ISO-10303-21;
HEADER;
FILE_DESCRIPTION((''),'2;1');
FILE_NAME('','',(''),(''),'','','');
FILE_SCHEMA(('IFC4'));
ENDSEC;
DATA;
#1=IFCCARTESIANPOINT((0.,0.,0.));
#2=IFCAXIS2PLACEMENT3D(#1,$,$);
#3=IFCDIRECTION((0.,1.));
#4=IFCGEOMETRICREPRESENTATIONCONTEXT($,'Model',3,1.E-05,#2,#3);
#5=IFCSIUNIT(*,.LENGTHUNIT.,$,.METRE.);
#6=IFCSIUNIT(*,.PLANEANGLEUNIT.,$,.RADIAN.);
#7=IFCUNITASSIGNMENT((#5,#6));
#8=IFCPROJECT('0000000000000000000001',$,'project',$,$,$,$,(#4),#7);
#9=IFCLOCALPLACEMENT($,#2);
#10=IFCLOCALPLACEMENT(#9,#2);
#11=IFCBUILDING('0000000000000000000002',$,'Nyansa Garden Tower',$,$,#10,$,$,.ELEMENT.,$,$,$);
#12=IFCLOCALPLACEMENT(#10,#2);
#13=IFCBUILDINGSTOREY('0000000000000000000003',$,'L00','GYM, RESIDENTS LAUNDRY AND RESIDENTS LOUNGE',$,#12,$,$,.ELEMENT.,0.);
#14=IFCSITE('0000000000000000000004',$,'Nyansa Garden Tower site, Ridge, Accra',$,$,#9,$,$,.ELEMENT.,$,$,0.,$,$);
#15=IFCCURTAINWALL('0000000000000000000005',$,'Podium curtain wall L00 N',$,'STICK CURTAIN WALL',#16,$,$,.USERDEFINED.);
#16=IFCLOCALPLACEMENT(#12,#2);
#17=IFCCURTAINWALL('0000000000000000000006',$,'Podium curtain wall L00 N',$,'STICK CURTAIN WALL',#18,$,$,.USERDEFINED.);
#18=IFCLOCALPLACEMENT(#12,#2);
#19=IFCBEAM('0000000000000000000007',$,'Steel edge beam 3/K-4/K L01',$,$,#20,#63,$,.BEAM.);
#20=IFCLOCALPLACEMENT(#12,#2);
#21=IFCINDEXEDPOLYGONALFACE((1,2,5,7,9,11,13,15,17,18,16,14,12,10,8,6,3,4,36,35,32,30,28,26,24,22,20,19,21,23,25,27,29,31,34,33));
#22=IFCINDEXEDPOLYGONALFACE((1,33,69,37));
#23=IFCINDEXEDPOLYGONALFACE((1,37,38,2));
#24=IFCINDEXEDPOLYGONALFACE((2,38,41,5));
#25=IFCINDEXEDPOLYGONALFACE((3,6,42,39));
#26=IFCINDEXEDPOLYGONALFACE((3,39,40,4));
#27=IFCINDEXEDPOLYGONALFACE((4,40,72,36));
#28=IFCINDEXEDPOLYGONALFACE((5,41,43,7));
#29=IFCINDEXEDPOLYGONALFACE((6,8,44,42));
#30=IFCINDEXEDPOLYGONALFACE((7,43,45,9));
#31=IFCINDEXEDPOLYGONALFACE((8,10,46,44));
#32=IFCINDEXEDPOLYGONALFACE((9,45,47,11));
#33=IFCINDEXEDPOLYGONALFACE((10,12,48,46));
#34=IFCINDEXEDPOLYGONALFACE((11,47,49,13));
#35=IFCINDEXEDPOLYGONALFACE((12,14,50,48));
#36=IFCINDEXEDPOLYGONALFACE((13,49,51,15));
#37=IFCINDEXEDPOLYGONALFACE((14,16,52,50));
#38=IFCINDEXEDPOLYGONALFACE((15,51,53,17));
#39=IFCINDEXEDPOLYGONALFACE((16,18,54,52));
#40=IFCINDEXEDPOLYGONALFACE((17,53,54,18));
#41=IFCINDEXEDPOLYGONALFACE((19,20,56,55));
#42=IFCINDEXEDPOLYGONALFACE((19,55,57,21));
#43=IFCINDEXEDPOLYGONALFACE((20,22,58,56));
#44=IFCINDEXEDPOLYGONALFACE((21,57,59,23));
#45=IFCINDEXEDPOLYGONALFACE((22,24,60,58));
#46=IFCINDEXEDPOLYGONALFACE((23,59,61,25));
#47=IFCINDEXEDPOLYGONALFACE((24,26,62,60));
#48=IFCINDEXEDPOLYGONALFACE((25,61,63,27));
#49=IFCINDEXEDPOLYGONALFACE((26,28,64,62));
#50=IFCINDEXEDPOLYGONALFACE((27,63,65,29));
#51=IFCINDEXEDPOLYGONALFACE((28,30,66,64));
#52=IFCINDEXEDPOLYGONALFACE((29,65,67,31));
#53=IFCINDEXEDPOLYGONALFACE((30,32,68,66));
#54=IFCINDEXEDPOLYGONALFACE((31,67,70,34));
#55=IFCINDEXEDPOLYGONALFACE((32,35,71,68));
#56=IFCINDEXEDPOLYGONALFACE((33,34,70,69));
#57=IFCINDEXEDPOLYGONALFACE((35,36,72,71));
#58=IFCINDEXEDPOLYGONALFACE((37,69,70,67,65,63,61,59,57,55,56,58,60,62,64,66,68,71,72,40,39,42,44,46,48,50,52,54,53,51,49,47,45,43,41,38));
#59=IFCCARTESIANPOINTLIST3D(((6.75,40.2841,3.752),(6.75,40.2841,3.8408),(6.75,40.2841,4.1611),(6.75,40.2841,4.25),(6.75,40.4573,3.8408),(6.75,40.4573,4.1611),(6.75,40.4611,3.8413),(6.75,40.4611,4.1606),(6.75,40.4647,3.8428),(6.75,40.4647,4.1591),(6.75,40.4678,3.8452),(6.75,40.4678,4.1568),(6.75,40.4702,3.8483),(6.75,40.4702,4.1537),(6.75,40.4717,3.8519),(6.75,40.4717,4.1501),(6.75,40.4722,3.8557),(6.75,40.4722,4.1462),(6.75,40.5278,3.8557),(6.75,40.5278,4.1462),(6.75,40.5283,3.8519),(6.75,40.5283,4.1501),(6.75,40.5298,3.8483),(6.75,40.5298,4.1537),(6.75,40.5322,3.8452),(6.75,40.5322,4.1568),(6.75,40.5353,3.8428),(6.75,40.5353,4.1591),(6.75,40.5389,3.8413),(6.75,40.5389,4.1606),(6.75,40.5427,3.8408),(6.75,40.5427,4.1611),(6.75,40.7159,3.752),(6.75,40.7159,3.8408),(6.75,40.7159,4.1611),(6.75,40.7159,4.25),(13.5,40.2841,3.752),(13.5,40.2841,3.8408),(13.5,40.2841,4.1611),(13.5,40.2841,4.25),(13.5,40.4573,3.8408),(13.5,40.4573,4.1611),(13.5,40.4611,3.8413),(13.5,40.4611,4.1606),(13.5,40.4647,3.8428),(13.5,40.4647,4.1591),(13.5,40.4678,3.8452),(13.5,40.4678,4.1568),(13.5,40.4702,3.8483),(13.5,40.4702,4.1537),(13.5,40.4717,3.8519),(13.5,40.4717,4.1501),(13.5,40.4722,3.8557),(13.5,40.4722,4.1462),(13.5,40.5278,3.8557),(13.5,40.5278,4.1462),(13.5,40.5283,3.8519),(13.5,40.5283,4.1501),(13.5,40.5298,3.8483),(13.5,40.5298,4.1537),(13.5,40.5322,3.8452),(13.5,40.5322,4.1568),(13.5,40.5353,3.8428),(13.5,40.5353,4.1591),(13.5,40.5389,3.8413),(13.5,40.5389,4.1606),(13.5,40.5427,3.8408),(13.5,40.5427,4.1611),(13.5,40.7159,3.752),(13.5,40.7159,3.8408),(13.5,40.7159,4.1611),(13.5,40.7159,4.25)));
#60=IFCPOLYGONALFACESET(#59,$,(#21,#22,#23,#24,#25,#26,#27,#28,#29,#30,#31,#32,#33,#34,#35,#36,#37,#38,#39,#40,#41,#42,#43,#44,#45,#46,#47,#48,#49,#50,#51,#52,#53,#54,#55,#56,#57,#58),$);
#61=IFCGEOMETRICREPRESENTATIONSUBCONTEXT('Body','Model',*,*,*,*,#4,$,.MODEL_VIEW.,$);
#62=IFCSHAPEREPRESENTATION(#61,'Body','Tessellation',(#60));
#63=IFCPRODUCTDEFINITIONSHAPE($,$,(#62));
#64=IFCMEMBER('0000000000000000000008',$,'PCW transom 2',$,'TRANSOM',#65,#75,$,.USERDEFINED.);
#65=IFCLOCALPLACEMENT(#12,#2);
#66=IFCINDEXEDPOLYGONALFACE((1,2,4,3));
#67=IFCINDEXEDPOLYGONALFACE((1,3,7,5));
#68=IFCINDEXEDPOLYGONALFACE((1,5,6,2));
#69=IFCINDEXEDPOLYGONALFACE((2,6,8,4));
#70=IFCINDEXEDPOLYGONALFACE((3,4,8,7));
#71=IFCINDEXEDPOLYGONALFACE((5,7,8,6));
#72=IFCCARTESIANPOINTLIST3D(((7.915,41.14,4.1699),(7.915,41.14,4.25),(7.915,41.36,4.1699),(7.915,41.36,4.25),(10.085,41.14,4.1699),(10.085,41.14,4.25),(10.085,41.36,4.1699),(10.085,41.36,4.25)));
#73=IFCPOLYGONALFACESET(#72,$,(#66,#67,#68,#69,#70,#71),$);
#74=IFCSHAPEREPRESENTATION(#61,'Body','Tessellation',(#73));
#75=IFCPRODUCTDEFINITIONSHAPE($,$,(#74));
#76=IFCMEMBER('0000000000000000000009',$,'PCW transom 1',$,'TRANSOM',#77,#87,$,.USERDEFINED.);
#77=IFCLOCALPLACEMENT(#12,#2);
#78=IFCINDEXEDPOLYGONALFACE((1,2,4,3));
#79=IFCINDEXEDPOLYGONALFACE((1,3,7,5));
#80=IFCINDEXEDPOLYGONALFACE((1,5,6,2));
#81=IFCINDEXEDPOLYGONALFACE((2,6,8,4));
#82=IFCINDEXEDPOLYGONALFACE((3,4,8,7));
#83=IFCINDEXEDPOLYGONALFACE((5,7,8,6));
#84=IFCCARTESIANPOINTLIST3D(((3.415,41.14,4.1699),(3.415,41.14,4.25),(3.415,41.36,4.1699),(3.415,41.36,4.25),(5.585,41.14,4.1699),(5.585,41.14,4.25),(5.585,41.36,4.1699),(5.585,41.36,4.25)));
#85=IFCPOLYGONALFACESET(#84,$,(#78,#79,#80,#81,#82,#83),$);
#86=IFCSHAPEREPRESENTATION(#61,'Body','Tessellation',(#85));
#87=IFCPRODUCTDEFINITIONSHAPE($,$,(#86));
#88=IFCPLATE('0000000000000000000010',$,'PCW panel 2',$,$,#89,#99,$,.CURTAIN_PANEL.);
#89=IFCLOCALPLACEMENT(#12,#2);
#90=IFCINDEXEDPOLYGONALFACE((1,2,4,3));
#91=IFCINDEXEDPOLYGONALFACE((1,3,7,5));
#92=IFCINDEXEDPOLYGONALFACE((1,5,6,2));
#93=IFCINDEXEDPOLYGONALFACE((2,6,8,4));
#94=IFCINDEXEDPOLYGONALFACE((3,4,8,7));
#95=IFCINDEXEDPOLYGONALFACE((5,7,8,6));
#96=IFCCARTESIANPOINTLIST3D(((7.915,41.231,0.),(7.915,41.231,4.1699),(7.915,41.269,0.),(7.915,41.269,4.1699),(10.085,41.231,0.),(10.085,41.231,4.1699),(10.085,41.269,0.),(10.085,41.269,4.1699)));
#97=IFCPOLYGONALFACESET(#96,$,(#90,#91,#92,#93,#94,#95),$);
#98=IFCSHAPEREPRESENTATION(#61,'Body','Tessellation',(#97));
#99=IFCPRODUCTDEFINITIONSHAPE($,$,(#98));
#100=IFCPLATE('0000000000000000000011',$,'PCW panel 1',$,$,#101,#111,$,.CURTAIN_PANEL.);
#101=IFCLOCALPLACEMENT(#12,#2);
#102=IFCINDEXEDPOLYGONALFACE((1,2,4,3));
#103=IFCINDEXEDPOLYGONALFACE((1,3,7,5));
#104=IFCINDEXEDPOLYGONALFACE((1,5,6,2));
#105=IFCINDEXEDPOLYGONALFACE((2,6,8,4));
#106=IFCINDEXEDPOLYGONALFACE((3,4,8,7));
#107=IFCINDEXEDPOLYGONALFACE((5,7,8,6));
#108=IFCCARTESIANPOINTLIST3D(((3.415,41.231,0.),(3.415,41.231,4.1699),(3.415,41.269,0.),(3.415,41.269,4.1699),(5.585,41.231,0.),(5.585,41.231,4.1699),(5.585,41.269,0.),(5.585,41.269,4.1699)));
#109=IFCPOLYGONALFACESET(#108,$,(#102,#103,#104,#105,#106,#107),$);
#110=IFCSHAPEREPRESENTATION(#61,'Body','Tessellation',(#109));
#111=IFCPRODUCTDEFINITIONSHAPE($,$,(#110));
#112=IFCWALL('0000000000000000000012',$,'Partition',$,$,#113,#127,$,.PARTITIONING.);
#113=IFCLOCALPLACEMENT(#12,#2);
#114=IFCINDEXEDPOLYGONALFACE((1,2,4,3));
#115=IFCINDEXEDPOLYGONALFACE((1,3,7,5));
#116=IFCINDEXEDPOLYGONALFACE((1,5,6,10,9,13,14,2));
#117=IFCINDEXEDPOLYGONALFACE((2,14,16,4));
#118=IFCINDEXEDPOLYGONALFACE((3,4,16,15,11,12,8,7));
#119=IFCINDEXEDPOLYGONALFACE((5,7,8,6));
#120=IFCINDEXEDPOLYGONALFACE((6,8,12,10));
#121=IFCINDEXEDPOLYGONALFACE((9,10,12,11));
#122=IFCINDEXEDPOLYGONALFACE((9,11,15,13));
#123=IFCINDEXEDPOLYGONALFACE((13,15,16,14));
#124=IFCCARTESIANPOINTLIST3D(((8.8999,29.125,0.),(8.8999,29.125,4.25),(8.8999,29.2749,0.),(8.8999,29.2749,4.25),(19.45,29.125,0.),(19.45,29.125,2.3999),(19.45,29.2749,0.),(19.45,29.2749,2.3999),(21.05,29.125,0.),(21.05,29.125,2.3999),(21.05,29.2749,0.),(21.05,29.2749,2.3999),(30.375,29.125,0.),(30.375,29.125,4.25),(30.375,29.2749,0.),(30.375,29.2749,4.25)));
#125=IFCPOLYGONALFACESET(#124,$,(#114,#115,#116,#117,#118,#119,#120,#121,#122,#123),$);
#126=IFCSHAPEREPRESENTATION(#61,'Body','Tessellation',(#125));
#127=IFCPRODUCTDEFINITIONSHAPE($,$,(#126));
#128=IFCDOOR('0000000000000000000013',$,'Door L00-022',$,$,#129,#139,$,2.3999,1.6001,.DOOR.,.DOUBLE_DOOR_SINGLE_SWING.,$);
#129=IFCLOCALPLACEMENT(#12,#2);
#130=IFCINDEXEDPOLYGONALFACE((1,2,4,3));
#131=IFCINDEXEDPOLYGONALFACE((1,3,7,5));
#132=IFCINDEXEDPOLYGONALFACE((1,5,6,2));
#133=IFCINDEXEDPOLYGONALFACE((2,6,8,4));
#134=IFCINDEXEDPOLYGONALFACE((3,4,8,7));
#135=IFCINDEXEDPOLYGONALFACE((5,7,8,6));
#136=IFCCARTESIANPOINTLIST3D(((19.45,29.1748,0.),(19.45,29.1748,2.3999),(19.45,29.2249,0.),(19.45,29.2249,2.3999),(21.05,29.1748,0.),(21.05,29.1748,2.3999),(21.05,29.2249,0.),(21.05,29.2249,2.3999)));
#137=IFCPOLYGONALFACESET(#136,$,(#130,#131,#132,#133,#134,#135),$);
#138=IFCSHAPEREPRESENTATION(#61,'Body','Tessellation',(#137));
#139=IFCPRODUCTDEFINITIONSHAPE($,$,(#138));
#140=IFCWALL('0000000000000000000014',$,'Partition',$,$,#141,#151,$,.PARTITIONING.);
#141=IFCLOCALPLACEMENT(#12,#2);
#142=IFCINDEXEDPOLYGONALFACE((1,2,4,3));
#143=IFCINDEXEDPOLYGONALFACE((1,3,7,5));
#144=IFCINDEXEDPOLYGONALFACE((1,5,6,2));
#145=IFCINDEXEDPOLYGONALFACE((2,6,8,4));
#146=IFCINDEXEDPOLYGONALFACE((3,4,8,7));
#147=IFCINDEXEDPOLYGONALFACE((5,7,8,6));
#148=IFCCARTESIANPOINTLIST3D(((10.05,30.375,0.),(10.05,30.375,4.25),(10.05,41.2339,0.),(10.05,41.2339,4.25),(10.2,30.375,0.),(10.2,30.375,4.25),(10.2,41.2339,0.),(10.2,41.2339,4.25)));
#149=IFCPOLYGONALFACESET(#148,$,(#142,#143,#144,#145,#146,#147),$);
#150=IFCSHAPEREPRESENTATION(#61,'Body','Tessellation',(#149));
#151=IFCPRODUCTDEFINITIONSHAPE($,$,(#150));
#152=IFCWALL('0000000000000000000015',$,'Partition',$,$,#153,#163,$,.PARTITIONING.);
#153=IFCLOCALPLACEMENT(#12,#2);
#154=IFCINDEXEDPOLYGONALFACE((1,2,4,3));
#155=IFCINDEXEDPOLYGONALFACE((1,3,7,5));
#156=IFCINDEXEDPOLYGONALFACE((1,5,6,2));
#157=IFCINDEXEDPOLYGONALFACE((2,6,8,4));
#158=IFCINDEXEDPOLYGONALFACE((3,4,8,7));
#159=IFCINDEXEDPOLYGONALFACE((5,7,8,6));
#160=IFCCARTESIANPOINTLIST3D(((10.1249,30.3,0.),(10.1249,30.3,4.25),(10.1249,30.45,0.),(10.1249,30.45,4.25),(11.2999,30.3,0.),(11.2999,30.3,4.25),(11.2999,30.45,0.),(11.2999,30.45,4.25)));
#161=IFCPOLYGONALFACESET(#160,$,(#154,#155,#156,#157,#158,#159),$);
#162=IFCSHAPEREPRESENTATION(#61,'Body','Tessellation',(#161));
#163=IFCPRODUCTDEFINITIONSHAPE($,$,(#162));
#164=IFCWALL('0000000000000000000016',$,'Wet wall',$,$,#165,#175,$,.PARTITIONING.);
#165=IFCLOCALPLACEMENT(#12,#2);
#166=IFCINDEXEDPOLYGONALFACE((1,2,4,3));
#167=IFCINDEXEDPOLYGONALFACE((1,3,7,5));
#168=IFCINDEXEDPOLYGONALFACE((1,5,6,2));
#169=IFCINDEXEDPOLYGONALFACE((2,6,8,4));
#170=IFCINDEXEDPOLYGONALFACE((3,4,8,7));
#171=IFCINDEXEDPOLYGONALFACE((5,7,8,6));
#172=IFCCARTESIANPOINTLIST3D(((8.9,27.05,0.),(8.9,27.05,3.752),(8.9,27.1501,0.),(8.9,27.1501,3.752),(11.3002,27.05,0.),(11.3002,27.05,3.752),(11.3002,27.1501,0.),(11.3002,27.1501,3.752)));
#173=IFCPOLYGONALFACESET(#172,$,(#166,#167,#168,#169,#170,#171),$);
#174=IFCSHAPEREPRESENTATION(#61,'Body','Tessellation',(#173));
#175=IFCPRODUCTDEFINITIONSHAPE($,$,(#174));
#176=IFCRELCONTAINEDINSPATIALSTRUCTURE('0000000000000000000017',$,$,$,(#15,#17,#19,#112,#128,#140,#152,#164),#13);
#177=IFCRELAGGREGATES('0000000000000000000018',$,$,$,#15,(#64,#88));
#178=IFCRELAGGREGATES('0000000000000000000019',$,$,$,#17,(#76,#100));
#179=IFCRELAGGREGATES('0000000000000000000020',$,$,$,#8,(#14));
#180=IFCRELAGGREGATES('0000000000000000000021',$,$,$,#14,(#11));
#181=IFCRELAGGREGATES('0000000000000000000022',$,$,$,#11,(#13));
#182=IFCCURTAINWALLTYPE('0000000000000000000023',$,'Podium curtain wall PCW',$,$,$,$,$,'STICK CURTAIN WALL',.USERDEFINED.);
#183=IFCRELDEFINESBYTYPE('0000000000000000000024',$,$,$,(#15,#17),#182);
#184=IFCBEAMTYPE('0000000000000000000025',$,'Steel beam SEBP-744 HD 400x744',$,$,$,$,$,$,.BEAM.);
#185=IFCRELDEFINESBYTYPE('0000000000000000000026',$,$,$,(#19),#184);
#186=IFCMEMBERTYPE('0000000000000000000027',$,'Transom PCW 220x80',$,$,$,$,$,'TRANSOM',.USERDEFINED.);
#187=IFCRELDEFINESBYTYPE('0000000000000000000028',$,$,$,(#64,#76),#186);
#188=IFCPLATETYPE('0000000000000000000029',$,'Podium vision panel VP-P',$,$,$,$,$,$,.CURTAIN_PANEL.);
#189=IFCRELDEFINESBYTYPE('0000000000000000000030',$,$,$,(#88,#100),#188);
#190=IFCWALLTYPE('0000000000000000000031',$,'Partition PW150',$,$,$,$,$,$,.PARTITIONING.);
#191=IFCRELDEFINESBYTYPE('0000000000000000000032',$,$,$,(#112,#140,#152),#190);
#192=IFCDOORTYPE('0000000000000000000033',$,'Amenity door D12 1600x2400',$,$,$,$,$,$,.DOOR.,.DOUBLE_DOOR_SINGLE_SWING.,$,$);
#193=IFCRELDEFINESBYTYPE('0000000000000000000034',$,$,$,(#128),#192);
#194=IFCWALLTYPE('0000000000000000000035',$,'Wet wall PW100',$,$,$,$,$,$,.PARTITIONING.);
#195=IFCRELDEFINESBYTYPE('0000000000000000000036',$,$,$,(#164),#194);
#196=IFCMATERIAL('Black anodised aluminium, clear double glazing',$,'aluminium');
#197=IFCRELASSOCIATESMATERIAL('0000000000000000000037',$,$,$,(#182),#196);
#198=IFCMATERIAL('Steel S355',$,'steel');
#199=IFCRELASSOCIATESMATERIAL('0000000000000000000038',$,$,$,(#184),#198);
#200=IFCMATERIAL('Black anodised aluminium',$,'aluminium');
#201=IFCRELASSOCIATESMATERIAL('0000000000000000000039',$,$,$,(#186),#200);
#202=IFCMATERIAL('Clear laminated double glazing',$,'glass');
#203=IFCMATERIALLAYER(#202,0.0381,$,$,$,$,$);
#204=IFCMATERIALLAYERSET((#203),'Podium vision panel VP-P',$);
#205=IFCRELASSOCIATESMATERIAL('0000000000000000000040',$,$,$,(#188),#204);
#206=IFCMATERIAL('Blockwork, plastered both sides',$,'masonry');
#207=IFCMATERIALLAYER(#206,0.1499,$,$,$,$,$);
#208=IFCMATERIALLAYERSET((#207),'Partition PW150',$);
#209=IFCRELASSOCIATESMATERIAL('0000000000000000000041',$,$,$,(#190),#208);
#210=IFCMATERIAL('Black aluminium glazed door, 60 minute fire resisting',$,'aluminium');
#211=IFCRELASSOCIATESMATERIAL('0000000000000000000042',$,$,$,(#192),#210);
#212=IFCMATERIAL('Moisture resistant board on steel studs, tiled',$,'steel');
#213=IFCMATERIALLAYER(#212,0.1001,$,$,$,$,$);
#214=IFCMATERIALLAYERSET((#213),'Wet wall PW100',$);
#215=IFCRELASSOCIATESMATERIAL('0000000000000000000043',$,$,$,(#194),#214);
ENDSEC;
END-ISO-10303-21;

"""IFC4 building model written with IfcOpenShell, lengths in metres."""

from ifc_helpers import new_model, si_unit, direction, frame, frame_2d, origin, origin_2d, place, context, subcontext, project, spatial, rectangle, i_section, extrude, material, layer, layer_set, material_profile, profile_set, type_object, element, fill, aggregate, save


model = new_model("IFC4")

# Units and contexts
model_context = context("Model", 3, precision=1e-05, world=origin(), true_north=direction((0.0, 1.0)))
body_context = subcontext(model_context, "Body", "Model", "MODEL_VIEW")
ifc_project = project(units=[si_unit("LENGTHUNIT", "METRE"), si_unit("PLANEANGLEUNIT", "RADIAN")], contexts=[model_context])

# Site, building, storey
site_placement = place(None, origin())
site = spatial("IfcSite", under=ifc_project, at=site_placement, Name="Nyansa Garden Tower site, Ridge, Accra", CompositionType="ELEMENT", RefElevation=0.0)
building_placement = place(site_placement, origin())
building = spatial("IfcBuilding", under=site, at=building_placement, Name="Nyansa Garden Tower", CompositionType="ELEMENT")
storey_placement = place(building_placement, origin())
storey = spatial("IfcBuildingStorey", under=building, at=storey_placement, Name="L00", Description="GYM, RESIDENTS LAUNDRY AND RESIDENTS LOUNGE", CompositionType="ELEMENT", Elevation=0.0)

# Curtain walls
ifc_material_1 = material(Name="Black anodised aluminium, clear double glazing", Category="aluminium")
curtain_wall_type = type_object("IfcCurtainWallType", Name="Podium curtain wall PCW", ElementType="STICK CURTAIN WALL", PredefinedType="USERDEFINED", material=ifc_material_1)
curtain_wall_1_placement = place(storey_placement, origin())
curtain_wall_1 = element("IfcCurtainWall", 1, at=curtain_wall_1_placement, inside=storey, type_object=curtain_wall_type, Name="Podium curtain wall L00 N", ObjectType="STICK CURTAIN WALL", PredefinedType="USERDEFINED")
curtain_wall_2_placement = place(storey_placement, origin())
curtain_wall_2 = element("IfcCurtainWall", 2, at=curtain_wall_2_placement, inside=storey, type_object=curtain_wall_type, Name="Podium curtain wall L00 N", ObjectType="STICK CURTAIN WALL", PredefinedType="USERDEFINED")

# Beam
ifc_material_2 = material(Name="Steel S355", Category="steel")
ifc_material_profile_1 = material_profile(ifc_material_2, i_section(OverallWidth=0.4319, OverallDepth=0.498, WebThickness=0.0557, FlangeThickness=0.0889, FilletRadius=0.0149, at=origin_2d()), Name="HD 400x744")
ifc_profile_set_1 = profile_set([ifc_material_profile_1], Name="Steel S355")
beam_type_1 = type_object("IfcBeamType", Name="Steel beam SEBP-744 HD 400x744", PredefinedType="BEAM", material=ifc_profile_set_1)
beam_1_placement = place(storey_placement, frame((6.75, 40.5, 4.001), z_axis=(1.0, 0.0, 0.0), x_axis=(0.0, 1.0, 0.0)))
element("IfcBeam", 3, at=beam_1_placement, inside=storey, type_object=beam_type_1, Name="Steel edge beam 3/K-4/K L01", PredefinedType="BEAM", context=body_context, shape_type="SweptSolid", body=[
    extrude(i_section(OverallWidth=0.4319, OverallDepth=0.498, WebThickness=0.0557, FlangeThickness=0.0889, FilletRadius=0.0149, at=origin_2d()), origin(), (0.0, 0.0, 1.0), 6.75),
])

# Members
ifc_material_3 = material(Name="Black anodised aluminium", Category="aluminium")
ifc_material_profile_2 = material_profile(ifc_material_3, rectangle(XDim=0.22, YDim=0.0801, at=origin_2d()), Name="Transom 220x80")
ifc_profile_set_2 = profile_set([ifc_material_profile_2], Name="Black anodised aluminium")
member_type_1 = type_object("IfcMemberType", Name="Transom PCW 220x80", ElementType="TRANSOM", PredefinedType="USERDEFINED", material=ifc_profile_set_2)
member_1_placement = place(storey_placement, frame((10.085, 41.25, 4.21), z_axis=(-1.0, 0.0, 0.0), x_axis=(0.0, -1.0, 0.0)))
member_1 = element("IfcMember", 4, at=member_1_placement, type_object=member_type_1, Name="PCW transom 2", ObjectType="TRANSOM", PredefinedType="USERDEFINED", context=body_context, shape_type="SweptSolid", body=[
    extrude(rectangle(XDim=0.22, YDim=0.0801, at=origin_2d()), origin(), (0.0, 0.0, 1.0), 2.1699),
])
member_2_placement = place(storey_placement, frame((5.585, 41.25, 4.21), z_axis=(-1.0, 0.0, 0.0), x_axis=(0.0, -1.0, 0.0)))
member_2 = element("IfcMember", 5, at=member_2_placement, type_object=member_type_1, Name="PCW transom 1", ObjectType="TRANSOM", PredefinedType="USERDEFINED", context=body_context, shape_type="SweptSolid", body=[
    extrude(rectangle(XDim=0.22, YDim=0.0801, at=origin_2d()), origin(), (0.0, 0.0, 1.0), 2.1699),
])

# Plates
ifc_material_4 = material(Name="Clear laminated double glazing", Category="glass")
ifc_layer_1 = layer(ifc_material_4, 0.0381)
ifc_layer_set_1 = layer_set([ifc_layer_1], Name="Podium vision panel VP-P")
plate_type = type_object("IfcPlateType", Name="Podium vision panel VP-P", PredefinedType="CURTAIN_PANEL", material=ifc_layer_set_1)
plate_1_placement = place(storey_placement, frame((9.0, 41.25, 0.0), z_axis=(0.0, 0.0, 1.0), x_axis=(-1.0, 0.0, 0.0)))
plate_1 = element("IfcPlate", 6, at=plate_1_placement, type_object=plate_type, Name="PCW panel 2", PredefinedType="CURTAIN_PANEL", context=body_context, shape_type="SweptSolid", body=[
    extrude(rectangle(XDim=2.1699, YDim=0.0381, at=origin_2d()), origin(), (0.0, 0.0, 1.0), 4.1699),
])
aggregate(curtain_wall_1, [member_1, plate_1])
plate_2_placement = place(storey_placement, frame((4.5, 41.25, 0.0), z_axis=(0.0, 0.0, 1.0), x_axis=(-1.0, 0.0, 0.0)))
plate_2 = element("IfcPlate", 7, at=plate_2_placement, type_object=plate_type, Name="PCW panel 1", PredefinedType="CURTAIN_PANEL", context=body_context, shape_type="SweptSolid", body=[
    extrude(rectangle(XDim=2.1699, YDim=0.0381, at=origin_2d()), origin(), (0.0, 0.0, 1.0), 4.1699),
])
aggregate(curtain_wall_2, [member_2, plate_2])

# Wall, opening, door
ifc_material_5 = material(Name="Blockwork, plastered both sides", Category="masonry")
ifc_layer_2 = layer(ifc_material_5, 0.1499)
ifc_layer_set_2 = layer_set([ifc_layer_2], Name="Partition PW150")
wall_type_1 = type_object("IfcWallType", Name="Partition PW150", PredefinedType="PARTITIONING", material=ifc_layer_set_2)
wall_1_placement = place(storey_placement, frame((8.8999, 29.2, 0.0), z_axis=(0.0, 0.0, 1.0), x_axis=(1.0, 0.0, 0.0)))
wall_1 = element("IfcWall", 8, at=wall_1_placement, inside=storey, type_object=wall_type_1, Name="Partition", PredefinedType="PARTITIONING", context=body_context, shape_type="SweptSolid", body=[
    extrude(rectangle(XDim=21.4751, YDim=0.1499, at=frame_2d((10.7375, 0.0))), origin(), (0.0, 0.0, 1.0), 4.25),
])
opening_placement = place(wall_1_placement, frame((10.55, 0.0, 0.0)))
opening = element("IfcOpeningElement", 9, at=opening_placement, cuts=wall_1, PredefinedType="OPENING", context=body_context, shape_type="SweptSolid", body=[
    extrude(rectangle(XDim=1.6001, YDim=2.3999, at=frame_2d((0.8, 1.2))), frame((0.0, 0.085, 0.0), z_axis=(0.0, -1.0, 0.0), x_axis=(1.0, 0.0, 0.0)), (0.0, 0.0, 1.0), 0.1699),
])
ifc_material_6 = material(Name="Black aluminium glazed door, 60 minute fire resisting", Category="aluminium")
door_type = type_object("IfcDoorType", Name="Amenity door D12 1600x2400", OperationType="DOUBLE_DOOR_SINGLE_SWING", PredefinedType="DOOR", material=ifc_material_6)
door_placement = place(opening_placement, origin())
door = element("IfcDoor", 10, at=door_placement, inside=storey, type_object=door_type, Name="Door L00-022", OperationType="DOUBLE_DOOR_SINGLE_SWING", OverallHeight=2.3999, OverallWidth=1.6001, PredefinedType="DOOR", context=body_context, shape_type="SweptSolid", body=[
    extrude(rectangle(XDim=1.6001, YDim=2.3999, at=frame_2d((0.8, 1.2))), frame((0.0, 0.0249, 0.0), z_axis=(0.0, -1.0, 0.0), x_axis=(1.0, 0.0, 0.0)), (0.0, 0.0, 1.0), 0.05),
])
fill(opening, door)

# Walls
wall_2_placement = place(storey_placement, frame((10.125, 30.375, 0.0), z_axis=(0.0, 0.0, 1.0), x_axis=(0.0, 1.0, 0.0)))
element("IfcWall", 11, at=wall_2_placement, inside=storey, type_object=wall_type_1, Name="Partition", PredefinedType="PARTITIONING", context=body_context, shape_type="SweptSolid", body=[
    extrude(rectangle(XDim=10.8589, YDim=0.1499, at=frame_2d((5.4294, 0.0))), origin(), (0.0, 0.0, 1.0), 4.25),
])
wall_3_placement = place(storey_placement, frame((10.125, 30.375, 0.0), z_axis=(0.0, 0.0, 1.0), x_axis=(1.0, 0.0, 0.0)))
element("IfcWall", 12, at=wall_3_placement, inside=storey, type_object=wall_type_1, Name="Partition", PredefinedType="PARTITIONING", context=body_context, shape_type="SweptSolid", body=[
    extrude(rectangle(XDim=1.175, YDim=0.1499, at=frame_2d((0.5874, 0.0))), origin(), (0.0, 0.0, 1.0), 4.25),
])
ifc_material_7 = material(Name="Moisture resistant board on steel studs, tiled", Category="steel")
ifc_layer_3 = layer(ifc_material_7, 0.1001)
ifc_layer_set_3 = layer_set([ifc_layer_3], Name="Wet wall PW100")
wall_type_2 = type_object("IfcWallType", Name="Wet wall PW100", PredefinedType="PARTITIONING", material=ifc_layer_set_3)
wall_4_placement = place(storey_placement, frame((8.8999, 27.1001, 0.0), z_axis=(0.0, 0.0, 1.0), x_axis=(1.0, 0.0, 0.0)))
element("IfcWall", 13, at=wall_4_placement, inside=storey, type_object=wall_type_2, Name="Wet wall", PredefinedType="PARTITIONING", context=body_context, shape_type="SweptSolid", body=[
    extrude(rectangle(XDim=2.4001, YDim=0.1001, at=frame_2d((1.2002, 0.0))), origin(), (0.0, 0.0, 1.0), 3.752),
])

save(model, "model.ifc")
